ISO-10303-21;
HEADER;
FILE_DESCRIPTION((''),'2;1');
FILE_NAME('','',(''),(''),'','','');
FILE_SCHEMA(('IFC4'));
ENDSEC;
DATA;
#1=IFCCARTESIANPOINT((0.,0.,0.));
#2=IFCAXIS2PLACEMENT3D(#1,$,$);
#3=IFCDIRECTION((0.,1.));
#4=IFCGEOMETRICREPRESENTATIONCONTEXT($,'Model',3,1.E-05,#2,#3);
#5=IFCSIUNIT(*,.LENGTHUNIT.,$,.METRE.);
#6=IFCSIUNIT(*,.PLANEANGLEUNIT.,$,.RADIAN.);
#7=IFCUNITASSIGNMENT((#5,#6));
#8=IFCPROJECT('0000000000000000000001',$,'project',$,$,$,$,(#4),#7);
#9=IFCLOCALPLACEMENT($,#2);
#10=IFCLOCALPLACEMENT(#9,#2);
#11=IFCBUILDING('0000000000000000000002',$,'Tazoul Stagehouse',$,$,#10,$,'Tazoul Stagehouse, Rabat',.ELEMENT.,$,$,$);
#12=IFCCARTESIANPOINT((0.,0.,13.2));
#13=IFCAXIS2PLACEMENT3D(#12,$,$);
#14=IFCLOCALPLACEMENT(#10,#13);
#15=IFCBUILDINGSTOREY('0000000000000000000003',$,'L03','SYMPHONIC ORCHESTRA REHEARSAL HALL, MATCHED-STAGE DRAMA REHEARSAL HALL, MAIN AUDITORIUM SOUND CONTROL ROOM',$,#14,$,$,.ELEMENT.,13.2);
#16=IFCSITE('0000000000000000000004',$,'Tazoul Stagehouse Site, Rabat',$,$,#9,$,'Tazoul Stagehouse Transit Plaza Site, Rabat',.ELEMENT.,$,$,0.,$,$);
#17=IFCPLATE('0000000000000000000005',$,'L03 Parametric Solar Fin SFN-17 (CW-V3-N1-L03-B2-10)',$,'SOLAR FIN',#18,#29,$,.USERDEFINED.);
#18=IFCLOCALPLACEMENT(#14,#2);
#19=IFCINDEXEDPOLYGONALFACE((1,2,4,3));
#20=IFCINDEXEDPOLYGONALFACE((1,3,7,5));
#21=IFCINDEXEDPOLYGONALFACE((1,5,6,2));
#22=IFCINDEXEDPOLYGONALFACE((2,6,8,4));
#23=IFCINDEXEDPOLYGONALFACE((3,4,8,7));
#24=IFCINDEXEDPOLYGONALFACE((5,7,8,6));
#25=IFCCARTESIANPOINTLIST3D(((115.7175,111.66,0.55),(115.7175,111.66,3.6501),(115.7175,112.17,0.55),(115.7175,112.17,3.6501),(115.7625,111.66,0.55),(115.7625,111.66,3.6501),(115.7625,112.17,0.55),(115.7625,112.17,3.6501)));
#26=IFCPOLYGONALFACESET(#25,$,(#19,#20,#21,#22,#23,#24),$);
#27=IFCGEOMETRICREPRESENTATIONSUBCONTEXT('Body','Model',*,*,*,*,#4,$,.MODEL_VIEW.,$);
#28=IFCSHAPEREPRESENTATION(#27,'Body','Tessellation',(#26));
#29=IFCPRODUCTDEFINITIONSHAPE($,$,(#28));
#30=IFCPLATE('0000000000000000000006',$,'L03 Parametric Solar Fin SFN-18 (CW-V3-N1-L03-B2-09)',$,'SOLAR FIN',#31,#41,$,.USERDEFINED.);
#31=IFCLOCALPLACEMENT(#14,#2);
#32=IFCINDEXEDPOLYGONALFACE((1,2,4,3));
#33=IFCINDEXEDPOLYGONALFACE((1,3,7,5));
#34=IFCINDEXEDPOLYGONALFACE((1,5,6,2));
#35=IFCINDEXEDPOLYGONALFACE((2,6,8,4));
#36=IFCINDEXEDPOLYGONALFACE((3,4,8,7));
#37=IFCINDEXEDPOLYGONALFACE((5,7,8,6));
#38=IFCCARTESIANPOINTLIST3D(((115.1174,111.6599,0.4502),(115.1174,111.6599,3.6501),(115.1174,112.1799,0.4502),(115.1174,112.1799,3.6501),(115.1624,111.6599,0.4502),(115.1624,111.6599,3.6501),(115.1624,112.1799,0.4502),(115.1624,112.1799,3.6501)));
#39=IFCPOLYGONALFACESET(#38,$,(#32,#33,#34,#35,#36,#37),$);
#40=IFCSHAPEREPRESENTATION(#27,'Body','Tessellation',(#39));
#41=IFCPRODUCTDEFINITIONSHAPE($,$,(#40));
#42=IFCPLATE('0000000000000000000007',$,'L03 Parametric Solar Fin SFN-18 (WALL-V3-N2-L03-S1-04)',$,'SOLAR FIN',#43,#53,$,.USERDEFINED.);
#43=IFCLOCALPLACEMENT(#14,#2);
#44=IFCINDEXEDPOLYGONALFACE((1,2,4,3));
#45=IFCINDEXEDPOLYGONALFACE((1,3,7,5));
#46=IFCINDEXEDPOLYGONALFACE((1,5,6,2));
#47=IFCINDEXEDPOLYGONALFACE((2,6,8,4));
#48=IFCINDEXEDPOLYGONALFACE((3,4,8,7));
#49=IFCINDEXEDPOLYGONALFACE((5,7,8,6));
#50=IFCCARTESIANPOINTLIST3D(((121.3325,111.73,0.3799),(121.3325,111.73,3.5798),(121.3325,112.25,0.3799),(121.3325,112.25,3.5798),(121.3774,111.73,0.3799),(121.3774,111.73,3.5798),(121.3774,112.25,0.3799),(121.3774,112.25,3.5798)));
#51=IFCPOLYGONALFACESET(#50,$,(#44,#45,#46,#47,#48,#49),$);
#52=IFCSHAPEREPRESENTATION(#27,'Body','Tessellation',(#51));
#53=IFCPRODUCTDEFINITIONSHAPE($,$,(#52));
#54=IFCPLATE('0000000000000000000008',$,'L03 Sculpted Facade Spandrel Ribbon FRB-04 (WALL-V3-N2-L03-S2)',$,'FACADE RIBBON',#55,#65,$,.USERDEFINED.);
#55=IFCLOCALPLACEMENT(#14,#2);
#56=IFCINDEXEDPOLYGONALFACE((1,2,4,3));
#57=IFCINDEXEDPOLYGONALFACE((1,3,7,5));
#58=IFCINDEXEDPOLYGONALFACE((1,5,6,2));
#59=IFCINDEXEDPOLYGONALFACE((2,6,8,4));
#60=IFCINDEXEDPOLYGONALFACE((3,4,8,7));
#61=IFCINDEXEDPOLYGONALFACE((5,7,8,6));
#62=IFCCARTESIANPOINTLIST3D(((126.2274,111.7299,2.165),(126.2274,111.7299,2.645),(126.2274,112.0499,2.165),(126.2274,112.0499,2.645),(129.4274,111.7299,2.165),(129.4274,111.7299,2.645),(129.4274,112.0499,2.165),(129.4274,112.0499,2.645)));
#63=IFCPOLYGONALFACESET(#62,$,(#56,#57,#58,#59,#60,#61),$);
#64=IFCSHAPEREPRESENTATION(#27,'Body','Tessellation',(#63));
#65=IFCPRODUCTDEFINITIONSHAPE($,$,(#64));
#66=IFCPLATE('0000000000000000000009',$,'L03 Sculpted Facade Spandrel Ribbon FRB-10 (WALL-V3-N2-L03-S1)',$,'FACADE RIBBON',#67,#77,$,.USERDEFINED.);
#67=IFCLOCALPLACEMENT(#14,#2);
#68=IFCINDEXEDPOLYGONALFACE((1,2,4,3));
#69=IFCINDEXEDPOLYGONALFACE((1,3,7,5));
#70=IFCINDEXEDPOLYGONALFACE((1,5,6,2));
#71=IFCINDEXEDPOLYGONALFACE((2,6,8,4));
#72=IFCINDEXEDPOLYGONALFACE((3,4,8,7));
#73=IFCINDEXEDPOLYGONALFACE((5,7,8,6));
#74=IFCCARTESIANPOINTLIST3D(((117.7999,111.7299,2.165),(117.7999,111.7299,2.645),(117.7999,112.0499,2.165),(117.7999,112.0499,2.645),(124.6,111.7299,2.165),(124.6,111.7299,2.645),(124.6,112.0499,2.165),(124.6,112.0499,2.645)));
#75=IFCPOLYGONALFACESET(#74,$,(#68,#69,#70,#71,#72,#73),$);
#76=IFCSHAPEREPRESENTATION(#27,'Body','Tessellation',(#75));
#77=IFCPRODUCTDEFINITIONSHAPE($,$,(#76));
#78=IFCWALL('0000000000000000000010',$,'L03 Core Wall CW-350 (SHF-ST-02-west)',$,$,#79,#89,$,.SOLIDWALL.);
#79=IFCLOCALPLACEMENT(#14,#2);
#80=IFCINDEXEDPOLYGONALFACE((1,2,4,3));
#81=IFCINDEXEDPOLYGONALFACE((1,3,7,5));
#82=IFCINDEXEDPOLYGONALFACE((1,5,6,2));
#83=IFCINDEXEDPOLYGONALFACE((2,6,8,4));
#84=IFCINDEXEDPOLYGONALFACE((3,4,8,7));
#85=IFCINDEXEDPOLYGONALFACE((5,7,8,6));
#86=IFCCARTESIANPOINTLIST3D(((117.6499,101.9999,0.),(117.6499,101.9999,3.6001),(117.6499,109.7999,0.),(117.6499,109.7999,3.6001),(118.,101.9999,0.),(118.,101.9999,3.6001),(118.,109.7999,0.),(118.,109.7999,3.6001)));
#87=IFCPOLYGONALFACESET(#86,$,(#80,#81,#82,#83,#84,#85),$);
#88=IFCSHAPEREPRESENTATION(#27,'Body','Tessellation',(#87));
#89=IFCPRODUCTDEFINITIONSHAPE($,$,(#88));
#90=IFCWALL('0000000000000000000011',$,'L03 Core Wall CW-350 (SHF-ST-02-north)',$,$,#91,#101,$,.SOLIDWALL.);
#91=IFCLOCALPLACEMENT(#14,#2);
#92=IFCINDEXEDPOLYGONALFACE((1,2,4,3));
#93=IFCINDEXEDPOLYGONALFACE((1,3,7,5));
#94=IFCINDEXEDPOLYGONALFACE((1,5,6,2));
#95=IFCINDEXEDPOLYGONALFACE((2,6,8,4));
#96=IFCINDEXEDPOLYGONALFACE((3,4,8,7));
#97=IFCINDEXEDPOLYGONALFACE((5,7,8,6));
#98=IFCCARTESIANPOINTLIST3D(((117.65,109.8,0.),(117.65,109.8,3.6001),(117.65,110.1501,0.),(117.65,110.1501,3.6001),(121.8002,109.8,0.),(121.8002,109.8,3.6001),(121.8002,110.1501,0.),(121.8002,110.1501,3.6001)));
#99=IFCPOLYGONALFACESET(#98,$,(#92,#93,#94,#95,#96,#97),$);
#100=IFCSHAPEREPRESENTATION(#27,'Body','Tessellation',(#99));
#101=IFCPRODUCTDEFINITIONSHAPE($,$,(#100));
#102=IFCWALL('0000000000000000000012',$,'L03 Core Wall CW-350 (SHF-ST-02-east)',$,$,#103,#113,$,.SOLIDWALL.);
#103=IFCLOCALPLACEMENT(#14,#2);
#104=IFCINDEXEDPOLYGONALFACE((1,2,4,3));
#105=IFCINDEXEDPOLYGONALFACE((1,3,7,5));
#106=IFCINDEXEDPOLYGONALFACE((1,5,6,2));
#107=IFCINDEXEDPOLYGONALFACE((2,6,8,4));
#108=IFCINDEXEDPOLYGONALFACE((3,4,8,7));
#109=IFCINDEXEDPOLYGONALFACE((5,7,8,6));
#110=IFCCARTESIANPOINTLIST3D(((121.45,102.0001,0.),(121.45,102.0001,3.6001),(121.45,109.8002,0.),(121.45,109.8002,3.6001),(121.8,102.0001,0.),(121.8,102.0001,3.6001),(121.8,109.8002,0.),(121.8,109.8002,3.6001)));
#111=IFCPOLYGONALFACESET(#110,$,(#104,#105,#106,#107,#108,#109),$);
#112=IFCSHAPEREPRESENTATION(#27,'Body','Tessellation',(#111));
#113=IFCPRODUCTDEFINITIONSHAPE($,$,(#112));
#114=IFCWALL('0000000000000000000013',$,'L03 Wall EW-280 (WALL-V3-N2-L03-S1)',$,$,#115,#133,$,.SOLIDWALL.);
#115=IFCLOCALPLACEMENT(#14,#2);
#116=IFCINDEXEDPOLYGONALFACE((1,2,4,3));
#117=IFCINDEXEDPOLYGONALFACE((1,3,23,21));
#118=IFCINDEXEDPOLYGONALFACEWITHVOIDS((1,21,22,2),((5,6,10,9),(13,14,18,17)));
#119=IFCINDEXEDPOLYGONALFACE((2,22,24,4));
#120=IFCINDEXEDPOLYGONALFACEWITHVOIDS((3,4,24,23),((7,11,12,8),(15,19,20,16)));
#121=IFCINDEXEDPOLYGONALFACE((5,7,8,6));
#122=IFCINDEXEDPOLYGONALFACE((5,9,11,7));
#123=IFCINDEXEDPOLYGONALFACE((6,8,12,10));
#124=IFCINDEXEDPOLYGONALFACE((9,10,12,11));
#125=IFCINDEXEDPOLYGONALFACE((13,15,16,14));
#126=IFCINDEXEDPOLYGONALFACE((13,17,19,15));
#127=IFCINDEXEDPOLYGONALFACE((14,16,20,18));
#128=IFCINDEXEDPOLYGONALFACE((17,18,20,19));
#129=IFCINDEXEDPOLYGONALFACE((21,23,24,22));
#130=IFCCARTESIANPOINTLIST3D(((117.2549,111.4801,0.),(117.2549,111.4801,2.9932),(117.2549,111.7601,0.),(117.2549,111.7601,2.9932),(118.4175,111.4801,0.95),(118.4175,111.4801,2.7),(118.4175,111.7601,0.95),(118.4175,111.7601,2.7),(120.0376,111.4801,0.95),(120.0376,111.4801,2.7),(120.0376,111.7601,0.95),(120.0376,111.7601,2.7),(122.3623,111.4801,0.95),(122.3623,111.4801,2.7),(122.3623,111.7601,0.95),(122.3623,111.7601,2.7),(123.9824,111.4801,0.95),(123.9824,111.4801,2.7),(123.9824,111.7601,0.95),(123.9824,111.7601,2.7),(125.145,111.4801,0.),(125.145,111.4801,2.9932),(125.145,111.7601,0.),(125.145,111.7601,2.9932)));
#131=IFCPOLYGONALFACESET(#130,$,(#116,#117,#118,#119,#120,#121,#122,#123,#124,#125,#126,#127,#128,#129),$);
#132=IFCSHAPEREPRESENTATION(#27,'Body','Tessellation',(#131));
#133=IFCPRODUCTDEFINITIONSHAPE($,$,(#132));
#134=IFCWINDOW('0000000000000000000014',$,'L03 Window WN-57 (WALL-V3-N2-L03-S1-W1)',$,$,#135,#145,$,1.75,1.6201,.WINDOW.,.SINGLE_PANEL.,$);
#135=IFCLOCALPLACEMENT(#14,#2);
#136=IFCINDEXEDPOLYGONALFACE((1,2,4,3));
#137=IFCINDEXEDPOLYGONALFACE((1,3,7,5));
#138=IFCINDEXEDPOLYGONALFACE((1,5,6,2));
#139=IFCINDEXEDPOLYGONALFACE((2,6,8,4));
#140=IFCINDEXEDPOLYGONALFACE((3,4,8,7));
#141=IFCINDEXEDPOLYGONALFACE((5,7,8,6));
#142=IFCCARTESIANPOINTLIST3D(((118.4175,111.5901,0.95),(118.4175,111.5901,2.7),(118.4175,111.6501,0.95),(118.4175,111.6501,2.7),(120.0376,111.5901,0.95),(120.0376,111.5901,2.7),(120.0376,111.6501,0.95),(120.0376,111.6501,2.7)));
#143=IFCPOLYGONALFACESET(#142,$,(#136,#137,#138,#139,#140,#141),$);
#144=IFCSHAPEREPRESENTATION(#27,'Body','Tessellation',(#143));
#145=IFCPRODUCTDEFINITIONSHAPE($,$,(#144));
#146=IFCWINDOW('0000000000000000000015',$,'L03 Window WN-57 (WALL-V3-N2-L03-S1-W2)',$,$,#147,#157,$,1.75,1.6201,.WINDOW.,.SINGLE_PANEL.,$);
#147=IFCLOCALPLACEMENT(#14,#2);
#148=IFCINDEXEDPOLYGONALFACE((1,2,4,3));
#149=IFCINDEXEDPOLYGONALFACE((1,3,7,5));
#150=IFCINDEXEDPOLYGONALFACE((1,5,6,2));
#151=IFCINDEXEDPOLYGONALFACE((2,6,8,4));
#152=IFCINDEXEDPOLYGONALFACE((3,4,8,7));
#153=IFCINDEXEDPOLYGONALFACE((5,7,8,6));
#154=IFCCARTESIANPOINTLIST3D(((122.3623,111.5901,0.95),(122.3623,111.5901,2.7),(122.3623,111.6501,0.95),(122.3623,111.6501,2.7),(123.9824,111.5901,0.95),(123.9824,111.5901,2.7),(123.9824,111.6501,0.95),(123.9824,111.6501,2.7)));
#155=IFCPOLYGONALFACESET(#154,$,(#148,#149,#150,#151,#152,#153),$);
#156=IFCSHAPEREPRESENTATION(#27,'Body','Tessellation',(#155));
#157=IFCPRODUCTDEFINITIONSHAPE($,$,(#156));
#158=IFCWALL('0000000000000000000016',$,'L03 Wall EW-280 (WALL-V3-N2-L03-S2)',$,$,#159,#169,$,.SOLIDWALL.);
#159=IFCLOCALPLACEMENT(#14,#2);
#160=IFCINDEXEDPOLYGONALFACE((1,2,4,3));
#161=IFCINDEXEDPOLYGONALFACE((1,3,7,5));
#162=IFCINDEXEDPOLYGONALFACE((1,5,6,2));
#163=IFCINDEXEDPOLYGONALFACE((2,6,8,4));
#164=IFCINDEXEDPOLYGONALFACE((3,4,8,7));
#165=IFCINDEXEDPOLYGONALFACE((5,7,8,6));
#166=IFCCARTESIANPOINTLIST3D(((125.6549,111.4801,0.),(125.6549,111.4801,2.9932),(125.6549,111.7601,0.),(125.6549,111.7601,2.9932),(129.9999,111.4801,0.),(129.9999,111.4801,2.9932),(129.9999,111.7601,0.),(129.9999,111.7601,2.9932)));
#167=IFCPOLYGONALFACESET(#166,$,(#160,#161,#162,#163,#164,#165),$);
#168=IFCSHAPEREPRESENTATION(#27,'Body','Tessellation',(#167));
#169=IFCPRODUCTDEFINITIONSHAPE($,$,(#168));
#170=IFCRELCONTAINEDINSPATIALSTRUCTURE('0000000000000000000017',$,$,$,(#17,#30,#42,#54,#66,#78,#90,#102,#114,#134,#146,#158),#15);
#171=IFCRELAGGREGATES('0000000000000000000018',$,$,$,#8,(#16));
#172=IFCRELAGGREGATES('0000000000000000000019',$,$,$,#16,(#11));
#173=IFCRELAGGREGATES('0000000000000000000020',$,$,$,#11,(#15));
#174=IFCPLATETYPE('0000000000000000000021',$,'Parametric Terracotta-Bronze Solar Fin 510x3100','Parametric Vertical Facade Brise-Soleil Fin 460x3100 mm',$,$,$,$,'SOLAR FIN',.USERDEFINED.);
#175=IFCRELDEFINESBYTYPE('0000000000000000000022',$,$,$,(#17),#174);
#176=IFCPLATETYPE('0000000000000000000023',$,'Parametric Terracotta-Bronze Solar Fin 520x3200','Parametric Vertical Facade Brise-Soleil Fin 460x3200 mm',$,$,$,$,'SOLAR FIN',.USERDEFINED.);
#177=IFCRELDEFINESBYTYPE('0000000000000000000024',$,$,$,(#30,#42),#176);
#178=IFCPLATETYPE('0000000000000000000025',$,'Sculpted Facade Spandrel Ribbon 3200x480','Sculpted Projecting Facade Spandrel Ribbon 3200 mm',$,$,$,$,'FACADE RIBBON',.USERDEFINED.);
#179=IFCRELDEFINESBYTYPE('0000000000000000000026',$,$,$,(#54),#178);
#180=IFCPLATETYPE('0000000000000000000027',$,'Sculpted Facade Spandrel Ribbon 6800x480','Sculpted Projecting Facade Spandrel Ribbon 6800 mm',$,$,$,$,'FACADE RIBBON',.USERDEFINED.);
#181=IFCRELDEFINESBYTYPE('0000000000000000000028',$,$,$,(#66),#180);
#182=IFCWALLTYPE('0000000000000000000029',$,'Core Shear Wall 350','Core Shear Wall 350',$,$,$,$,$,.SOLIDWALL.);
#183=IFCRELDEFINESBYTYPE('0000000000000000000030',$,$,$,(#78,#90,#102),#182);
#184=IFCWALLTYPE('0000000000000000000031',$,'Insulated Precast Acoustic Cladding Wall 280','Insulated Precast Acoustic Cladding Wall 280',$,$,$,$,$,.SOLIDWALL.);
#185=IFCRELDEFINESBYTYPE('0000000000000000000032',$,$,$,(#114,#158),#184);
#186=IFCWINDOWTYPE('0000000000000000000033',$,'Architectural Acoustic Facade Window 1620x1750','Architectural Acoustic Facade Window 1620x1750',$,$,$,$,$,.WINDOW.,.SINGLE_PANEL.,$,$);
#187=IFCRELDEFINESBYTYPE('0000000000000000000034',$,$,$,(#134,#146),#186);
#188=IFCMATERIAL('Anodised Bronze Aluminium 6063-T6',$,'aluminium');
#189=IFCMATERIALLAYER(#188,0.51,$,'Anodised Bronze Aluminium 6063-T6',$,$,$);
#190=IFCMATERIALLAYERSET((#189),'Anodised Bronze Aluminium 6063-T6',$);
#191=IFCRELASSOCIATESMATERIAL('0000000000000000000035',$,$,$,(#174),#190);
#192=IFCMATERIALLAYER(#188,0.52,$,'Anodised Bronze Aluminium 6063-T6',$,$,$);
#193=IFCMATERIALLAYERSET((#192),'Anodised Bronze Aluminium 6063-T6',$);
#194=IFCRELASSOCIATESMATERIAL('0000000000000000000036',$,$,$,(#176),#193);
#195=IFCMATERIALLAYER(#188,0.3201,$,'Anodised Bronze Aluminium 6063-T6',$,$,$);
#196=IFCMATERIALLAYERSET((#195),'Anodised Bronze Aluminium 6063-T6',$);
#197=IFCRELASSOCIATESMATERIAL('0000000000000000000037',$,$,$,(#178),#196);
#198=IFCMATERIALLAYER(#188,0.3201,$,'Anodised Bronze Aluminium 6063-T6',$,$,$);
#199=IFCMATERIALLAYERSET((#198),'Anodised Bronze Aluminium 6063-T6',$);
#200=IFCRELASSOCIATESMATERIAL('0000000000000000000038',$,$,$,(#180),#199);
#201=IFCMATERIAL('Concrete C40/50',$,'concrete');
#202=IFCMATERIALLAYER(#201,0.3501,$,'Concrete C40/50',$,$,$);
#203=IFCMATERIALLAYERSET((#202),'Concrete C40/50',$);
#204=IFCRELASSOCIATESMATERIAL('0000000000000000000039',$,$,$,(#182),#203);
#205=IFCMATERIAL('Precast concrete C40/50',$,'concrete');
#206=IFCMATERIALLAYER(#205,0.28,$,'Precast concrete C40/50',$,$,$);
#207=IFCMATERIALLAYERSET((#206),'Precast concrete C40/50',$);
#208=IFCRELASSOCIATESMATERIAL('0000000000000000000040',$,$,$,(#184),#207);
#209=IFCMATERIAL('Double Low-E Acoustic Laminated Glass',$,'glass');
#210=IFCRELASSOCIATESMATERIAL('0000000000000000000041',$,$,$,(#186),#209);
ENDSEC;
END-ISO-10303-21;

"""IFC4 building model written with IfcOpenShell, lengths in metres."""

from ifc_helpers import new_model, si_unit, direction, frame, frame_2d, origin, origin_2d, place, context, subcontext, project, spatial, rectangle, extrude, material, layer, layer_set, type_object, element, fill, save


model = new_model("IFC4")

# Units and contexts
model_context = context("Model", 3, precision=1e-05, world=origin(), true_north=direction((0.0, 1.0)))
body_context = subcontext(model_context, "Body", "Model", "MODEL_VIEW")
ifc_project = project(units=[si_unit("LENGTHUNIT", "METRE"), si_unit("PLANEANGLEUNIT", "RADIAN")], contexts=[model_context])

# Site, building, storey
site_placement = place(None, origin())
site = spatial("IfcSite", under=ifc_project, at=site_placement, Name="Tazoul Stagehouse Site, Rabat", LongName="Tazoul Stagehouse Transit Plaza Site, Rabat", CompositionType="ELEMENT", RefElevation=0.0)
building_placement = place(site_placement, origin())
building = spatial("IfcBuilding", under=site, at=building_placement, Name="Tazoul Stagehouse", LongName="Tazoul Stagehouse, Rabat", CompositionType="ELEMENT")
storey_placement = place(building_placement, frame((0.0, 0.0, 13.2)))
storey = spatial("IfcBuildingStorey", under=building, at=storey_placement, Name="L03", Description="SYMPHONIC ORCHESTRA REHEARSAL HALL, MATCHED-STAGE DRAMA REHEARSAL HALL, MAIN AUDITORIUM SOUND CONTROL ROOM", CompositionType="ELEMENT", Elevation=13.2)

# Shared definitions
ifc_material_1 = material(Name="Concrete C40/50", Category="concrete")

# Plates
ifc_material_2 = material(Name="Anodised Bronze Aluminium 6063-T6", Category="aluminium")
ifc_layer_1 = layer(ifc_material_2, 0.51, Name="Anodised Bronze Aluminium 6063-T6")
ifc_layer_set_1 = layer_set([ifc_layer_1], Name="Anodised Bronze Aluminium 6063-T6")
plate_type_1 = type_object("IfcPlateType", Name="Parametric Terracotta-Bronze Solar Fin 510x3100", Description="Parametric Vertical Facade Brise-Soleil Fin 460x3100 mm", ElementType="SOLAR FIN", PredefinedType="USERDEFINED", material=ifc_layer_set_1)
plate_1_placement = place(storey_placement, frame((115.74, 111.915, 0.55), z_axis=(0.0, 0.0, 1.0), x_axis=(1.0, 0.0, 0.0)))
element("IfcPlate", 1, at=plate_1_placement, inside=storey, type_object=plate_type_1, Name="L03 Parametric Solar Fin SFN-17 (CW-V3-N1-L03-B2-10)", ObjectType="SOLAR FIN", PredefinedType="USERDEFINED", context=body_context, shape_type="SweptSolid", body=[
    extrude(rectangle(XDim=0.0449, YDim=0.51, at=origin_2d()), origin(), (0.0, 0.0, 1.0), 3.1001),
])
ifc_layer_2 = layer(ifc_material_2, 0.52, Name="Anodised Bronze Aluminium 6063-T6")
ifc_layer_set_2 = layer_set([ifc_layer_2], Name="Anodised Bronze Aluminium 6063-T6")
plate_type_2 = type_object("IfcPlateType", Name="Parametric Terracotta-Bronze Solar Fin 520x3200", Description="Parametric Vertical Facade Brise-Soleil Fin 460x3200 mm", ElementType="SOLAR FIN", PredefinedType="USERDEFINED", material=ifc_layer_set_2)
for number, where, z_axis, x_axis, name in (
    (2, (115.1399, 111.9199, 0.4502), (0.0, 0.0, 1.0), (1.0, 0.0, 0.0), "L03 Parametric Solar Fin SFN-18 (CW-V3-N1-L03-B2-09)"),
    (3, (121.355, 111.99, 0.3799), (0.0, 0.0, 1.0), (1.0, 0.0, 0.0), "L03 Parametric Solar Fin SFN-18 (WALL-V3-N2-L03-S1-04)"),
):
    element("IfcPlate", number, at=place(storey_placement, frame(where, z_axis=z_axis, x_axis=x_axis)), inside=storey, type_object=plate_type_2, Name=name, ObjectType="SOLAR FIN", PredefinedType="USERDEFINED", context=body_context, shape_type="SweptSolid", body=[
        extrude(rectangle(XDim=0.0449, YDim=0.52, at=origin_2d()), origin(), (0.0, 0.0, 1.0), 3.2),
    ])
ifc_layer_3 = layer(ifc_material_2, 0.3201, Name="Anodised Bronze Aluminium 6063-T6")
ifc_layer_set_3 = layer_set([ifc_layer_3], Name="Anodised Bronze Aluminium 6063-T6")
plate_type_3 = type_object("IfcPlateType", Name="Sculpted Facade Spandrel Ribbon 3200x480", Description="Sculpted Projecting Facade Spandrel Ribbon 3200 mm", ElementType="FACADE RIBBON", PredefinedType="USERDEFINED", material=ifc_layer_set_3)
plate_2_placement = place(storey_placement, frame((127.8274, 111.8899, 2.165), z_axis=(0.0, 0.0, 1.0), x_axis=(1.0, 0.0, 0.0)))
element("IfcPlate", 4, at=plate_2_placement, inside=storey, type_object=plate_type_3, Name="L03 Sculpted Facade Spandrel Ribbon FRB-04 (WALL-V3-N2-L03-S2)", ObjectType="FACADE RIBBON", PredefinedType="USERDEFINED", context=body_context, shape_type="SweptSolid", body=[
    extrude(rectangle(XDim=3.2, YDim=0.3201, at=origin_2d()), origin(), (0.0, 0.0, 1.0), 0.48),
])
ifc_layer_4 = layer(ifc_material_2, 0.3201, Name="Anodised Bronze Aluminium 6063-T6")
ifc_layer_set_4 = layer_set([ifc_layer_4], Name="Anodised Bronze Aluminium 6063-T6")
plate_type_4 = type_object("IfcPlateType", Name="Sculpted Facade Spandrel Ribbon 6800x480", Description="Sculpted Projecting Facade Spandrel Ribbon 6800 mm", ElementType="FACADE RIBBON", PredefinedType="USERDEFINED", material=ifc_layer_set_4)
plate_3_placement = place(storey_placement, frame((121.2, 111.8899, 2.165), z_axis=(0.0, 0.0, 1.0), x_axis=(1.0, 0.0, 0.0)))
element("IfcPlate", 5, at=plate_3_placement, inside=storey, type_object=plate_type_4, Name="L03 Sculpted Facade Spandrel Ribbon FRB-10 (WALL-V3-N2-L03-S1)", ObjectType="FACADE RIBBON", PredefinedType="USERDEFINED", context=body_context, shape_type="SweptSolid", body=[
    extrude(rectangle(XDim=6.8, YDim=0.3201, at=origin_2d()), origin(), (0.0, 0.0, 1.0), 0.48),
])

# Shared definitions
ifc_layer_5 = layer(ifc_material_1, 0.3501, Name="Concrete C40/50")
ifc_layer_set_5 = layer_set([ifc_layer_5], Name="Concrete C40/50")
wall_type_1 = type_object("IfcWallType", Name="Core Shear Wall 350", Description="Core Shear Wall 350", PredefinedType="SOLIDWALL", material=ifc_layer_set_5)

# Walls
wall_1_placement = place(storey_placement, frame((117.825, 102.0, 0.0), z_axis=(0.0, 0.0, 1.0), x_axis=(0.0, 1.0, 0.0)))
element("IfcWall", 6, at=wall_1_placement, inside=storey, type_object=wall_type_1, Name="L03 Core Wall CW-350 (SHF-ST-02-west)", PredefinedType="SOLIDWALL", context=body_context, shape_type="SweptSolid", body=[
    extrude(rectangle(XDim=7.8, YDim=0.3501, at=frame_2d((3.8999, 0.0))), origin(), (0.0, 0.0, 1.0), 3.6001),
])
wall_2_placement = place(storey_placement, frame((117.6499, 109.9751, 0.0), z_axis=(0.0, 0.0, 1.0), x_axis=(1.0, 0.0, 0.0)))
element("IfcWall", 7, at=wall_2_placement, inside=storey, type_object=wall_type_1, Name="L03 Core Wall CW-350 (SHF-ST-02-north)", PredefinedType="SOLIDWALL", context=body_context, shape_type="SweptSolid", body=[
    extrude(rectangle(XDim=4.1501, YDim=0.3501, at=frame_2d((2.0752, 0.0))), origin(), (0.0, 0.0, 1.0), 3.6001),
])
wall_3_placement = place(storey_placement, frame((121.625, 109.8, 0.0), z_axis=(0.0, 0.0, 1.0), x_axis=(0.0, -1.0, 0.0)))
element("IfcWall", 8, at=wall_3_placement, inside=storey, type_object=wall_type_1, Name="L03 Core Wall CW-350 (SHF-ST-02-east)", PredefinedType="SOLIDWALL", context=body_context, shape_type="SweptSolid", body=[
    extrude(rectangle(XDim=7.8, YDim=0.3501, at=frame_2d((3.8999, 0.0))), origin(), (0.0, 0.0, 1.0), 3.6001),
])

# Wall, openings, windows
ifc_material_3 = material(Name="Precast concrete C40/50", Category="concrete")
ifc_layer_6 = layer(ifc_material_3, 0.28, Name="Precast concrete C40/50")
ifc_layer_set_6 = layer_set([ifc_layer_6], Name="Precast concrete C40/50")
wall_type_2 = type_object("IfcWallType", Name="Insulated Precast Acoustic Cladding Wall 280", Description="Insulated Precast Acoustic Cladding Wall 280", PredefinedType="SOLIDWALL", material=ifc_layer_set_6)
wall_4_placement = place(storey_placement, frame((117.2549, 111.6201, 0.0), z_axis=(0.0, 0.0, 1.0), x_axis=(1.0, 0.0, 0.0)))
wall_4 = element("IfcWall", 9, at=wall_4_placement, inside=storey, type_object=wall_type_2, Name="L03 Wall EW-280 (WALL-V3-N2-L03-S1)", PredefinedType="SOLIDWALL", context=body_context, shape_type="SweptSolid", body=[
    extrude(rectangle(XDim=7.8901, YDim=0.28, at=frame_2d((3.9451, 0.0))), origin(), (0.0, 0.0, 1.0), 2.9932),
])
opening_1_placement = place(wall_4_placement, frame((1.1626, 0.0, 0.95)))
opening_1 = element("IfcOpeningElement", 10, at=opening_1_placement, cuts=wall_4, PredefinedType="OPENING", context=body_context, shape_type="SweptSolid", body=[
    extrude(rectangle(XDim=1.6201, YDim=1.75, at=frame_2d((0.8101, 0.875))), frame((0.0, 0.1599, 0.0), z_axis=(0.0, -1.0, 0.0), x_axis=(1.0, 0.0, 0.0)), (0.0, 0.0, 1.0), 0.3201),
])
opening_2_placement = place(wall_4_placement, frame((5.1074, 0.0, 0.95)))
opening_2 = element("IfcOpeningElement", 11, at=opening_2_placement, cuts=wall_4, PredefinedType="OPENING", context=body_context, shape_type="SweptSolid", body=[
    extrude(rectangle(XDim=1.6201, YDim=1.75, at=frame_2d((0.8101, 0.875))), frame((0.0, 0.1599, 0.0), z_axis=(0.0, -1.0, 0.0), x_axis=(1.0, 0.0, 0.0)), (0.0, 0.0, 1.0), 0.3201),
])
ifc_material_4 = material(Name="Double Low-E Acoustic Laminated Glass", Category="glass")
window_type = type_object("IfcWindowType", Name="Architectural Acoustic Facade Window 1620x1750", Description="Architectural Acoustic Facade Window 1620x1750", PartitioningType="SINGLE_PANEL", PredefinedType="WINDOW", material=ifc_material_4)
window_1_placement = place(opening_1_placement, origin())
window_1 = element("IfcWindow", 12, at=window_1_placement, inside=storey, type_object=window_type, Name="L03 Window WN-57 (WALL-V3-N2-L03-S1-W1)", OverallHeight=1.75, OverallWidth=1.6201, PartitioningType="SINGLE_PANEL", PredefinedType="WINDOW", context=body_context, shape_type="SweptSolid", body=[
    extrude(rectangle(XDim=1.6201, YDim=1.75, at=frame_2d((0.8101, 0.875))), frame((0.0, 0.03, 0.0), z_axis=(0.0, -1.0, 0.0), x_axis=(1.0, 0.0, 0.0)), (0.0, 0.0, 1.0), 0.0601),
])
fill(opening_1, window_1)
window_2_placement = place(opening_2_placement, origin())
window_2 = element("IfcWindow", 13, at=window_2_placement, inside=storey, type_object=window_type, Name="L03 Window WN-57 (WALL-V3-N2-L03-S1-W2)", OverallHeight=1.75, OverallWidth=1.6201, PartitioningType="SINGLE_PANEL", PredefinedType="WINDOW", context=body_context, shape_type="SweptSolid", body=[
    extrude(rectangle(XDim=1.6201, YDim=1.75, at=frame_2d((0.8101, 0.875))), frame((0.0, 0.03, 0.0), z_axis=(0.0, -1.0, 0.0), x_axis=(1.0, 0.0, 0.0)), (0.0, 0.0, 1.0), 0.0601),
])
fill(opening_2, window_2)

# Wall
wall_5_placement = place(storey_placement, frame((125.655, 111.6201, 0.0), z_axis=(0.0, 0.0, 1.0), x_axis=(1.0, 0.0, 0.0)))
element("IfcWall", 14, at=wall_5_placement, inside=storey, type_object=wall_type_2, Name="L03 Wall EW-280 (WALL-V3-N2-L03-S2)", PredefinedType="SOLIDWALL", context=body_context, shape_type="SweptSolid", body=[
    extrude(rectangle(XDim=4.345, YDim=0.28, at=frame_2d((2.1724, 0.0))), origin(), (0.0, 0.0, 1.0), 2.9932),
])

save(model, "model.ifc")
